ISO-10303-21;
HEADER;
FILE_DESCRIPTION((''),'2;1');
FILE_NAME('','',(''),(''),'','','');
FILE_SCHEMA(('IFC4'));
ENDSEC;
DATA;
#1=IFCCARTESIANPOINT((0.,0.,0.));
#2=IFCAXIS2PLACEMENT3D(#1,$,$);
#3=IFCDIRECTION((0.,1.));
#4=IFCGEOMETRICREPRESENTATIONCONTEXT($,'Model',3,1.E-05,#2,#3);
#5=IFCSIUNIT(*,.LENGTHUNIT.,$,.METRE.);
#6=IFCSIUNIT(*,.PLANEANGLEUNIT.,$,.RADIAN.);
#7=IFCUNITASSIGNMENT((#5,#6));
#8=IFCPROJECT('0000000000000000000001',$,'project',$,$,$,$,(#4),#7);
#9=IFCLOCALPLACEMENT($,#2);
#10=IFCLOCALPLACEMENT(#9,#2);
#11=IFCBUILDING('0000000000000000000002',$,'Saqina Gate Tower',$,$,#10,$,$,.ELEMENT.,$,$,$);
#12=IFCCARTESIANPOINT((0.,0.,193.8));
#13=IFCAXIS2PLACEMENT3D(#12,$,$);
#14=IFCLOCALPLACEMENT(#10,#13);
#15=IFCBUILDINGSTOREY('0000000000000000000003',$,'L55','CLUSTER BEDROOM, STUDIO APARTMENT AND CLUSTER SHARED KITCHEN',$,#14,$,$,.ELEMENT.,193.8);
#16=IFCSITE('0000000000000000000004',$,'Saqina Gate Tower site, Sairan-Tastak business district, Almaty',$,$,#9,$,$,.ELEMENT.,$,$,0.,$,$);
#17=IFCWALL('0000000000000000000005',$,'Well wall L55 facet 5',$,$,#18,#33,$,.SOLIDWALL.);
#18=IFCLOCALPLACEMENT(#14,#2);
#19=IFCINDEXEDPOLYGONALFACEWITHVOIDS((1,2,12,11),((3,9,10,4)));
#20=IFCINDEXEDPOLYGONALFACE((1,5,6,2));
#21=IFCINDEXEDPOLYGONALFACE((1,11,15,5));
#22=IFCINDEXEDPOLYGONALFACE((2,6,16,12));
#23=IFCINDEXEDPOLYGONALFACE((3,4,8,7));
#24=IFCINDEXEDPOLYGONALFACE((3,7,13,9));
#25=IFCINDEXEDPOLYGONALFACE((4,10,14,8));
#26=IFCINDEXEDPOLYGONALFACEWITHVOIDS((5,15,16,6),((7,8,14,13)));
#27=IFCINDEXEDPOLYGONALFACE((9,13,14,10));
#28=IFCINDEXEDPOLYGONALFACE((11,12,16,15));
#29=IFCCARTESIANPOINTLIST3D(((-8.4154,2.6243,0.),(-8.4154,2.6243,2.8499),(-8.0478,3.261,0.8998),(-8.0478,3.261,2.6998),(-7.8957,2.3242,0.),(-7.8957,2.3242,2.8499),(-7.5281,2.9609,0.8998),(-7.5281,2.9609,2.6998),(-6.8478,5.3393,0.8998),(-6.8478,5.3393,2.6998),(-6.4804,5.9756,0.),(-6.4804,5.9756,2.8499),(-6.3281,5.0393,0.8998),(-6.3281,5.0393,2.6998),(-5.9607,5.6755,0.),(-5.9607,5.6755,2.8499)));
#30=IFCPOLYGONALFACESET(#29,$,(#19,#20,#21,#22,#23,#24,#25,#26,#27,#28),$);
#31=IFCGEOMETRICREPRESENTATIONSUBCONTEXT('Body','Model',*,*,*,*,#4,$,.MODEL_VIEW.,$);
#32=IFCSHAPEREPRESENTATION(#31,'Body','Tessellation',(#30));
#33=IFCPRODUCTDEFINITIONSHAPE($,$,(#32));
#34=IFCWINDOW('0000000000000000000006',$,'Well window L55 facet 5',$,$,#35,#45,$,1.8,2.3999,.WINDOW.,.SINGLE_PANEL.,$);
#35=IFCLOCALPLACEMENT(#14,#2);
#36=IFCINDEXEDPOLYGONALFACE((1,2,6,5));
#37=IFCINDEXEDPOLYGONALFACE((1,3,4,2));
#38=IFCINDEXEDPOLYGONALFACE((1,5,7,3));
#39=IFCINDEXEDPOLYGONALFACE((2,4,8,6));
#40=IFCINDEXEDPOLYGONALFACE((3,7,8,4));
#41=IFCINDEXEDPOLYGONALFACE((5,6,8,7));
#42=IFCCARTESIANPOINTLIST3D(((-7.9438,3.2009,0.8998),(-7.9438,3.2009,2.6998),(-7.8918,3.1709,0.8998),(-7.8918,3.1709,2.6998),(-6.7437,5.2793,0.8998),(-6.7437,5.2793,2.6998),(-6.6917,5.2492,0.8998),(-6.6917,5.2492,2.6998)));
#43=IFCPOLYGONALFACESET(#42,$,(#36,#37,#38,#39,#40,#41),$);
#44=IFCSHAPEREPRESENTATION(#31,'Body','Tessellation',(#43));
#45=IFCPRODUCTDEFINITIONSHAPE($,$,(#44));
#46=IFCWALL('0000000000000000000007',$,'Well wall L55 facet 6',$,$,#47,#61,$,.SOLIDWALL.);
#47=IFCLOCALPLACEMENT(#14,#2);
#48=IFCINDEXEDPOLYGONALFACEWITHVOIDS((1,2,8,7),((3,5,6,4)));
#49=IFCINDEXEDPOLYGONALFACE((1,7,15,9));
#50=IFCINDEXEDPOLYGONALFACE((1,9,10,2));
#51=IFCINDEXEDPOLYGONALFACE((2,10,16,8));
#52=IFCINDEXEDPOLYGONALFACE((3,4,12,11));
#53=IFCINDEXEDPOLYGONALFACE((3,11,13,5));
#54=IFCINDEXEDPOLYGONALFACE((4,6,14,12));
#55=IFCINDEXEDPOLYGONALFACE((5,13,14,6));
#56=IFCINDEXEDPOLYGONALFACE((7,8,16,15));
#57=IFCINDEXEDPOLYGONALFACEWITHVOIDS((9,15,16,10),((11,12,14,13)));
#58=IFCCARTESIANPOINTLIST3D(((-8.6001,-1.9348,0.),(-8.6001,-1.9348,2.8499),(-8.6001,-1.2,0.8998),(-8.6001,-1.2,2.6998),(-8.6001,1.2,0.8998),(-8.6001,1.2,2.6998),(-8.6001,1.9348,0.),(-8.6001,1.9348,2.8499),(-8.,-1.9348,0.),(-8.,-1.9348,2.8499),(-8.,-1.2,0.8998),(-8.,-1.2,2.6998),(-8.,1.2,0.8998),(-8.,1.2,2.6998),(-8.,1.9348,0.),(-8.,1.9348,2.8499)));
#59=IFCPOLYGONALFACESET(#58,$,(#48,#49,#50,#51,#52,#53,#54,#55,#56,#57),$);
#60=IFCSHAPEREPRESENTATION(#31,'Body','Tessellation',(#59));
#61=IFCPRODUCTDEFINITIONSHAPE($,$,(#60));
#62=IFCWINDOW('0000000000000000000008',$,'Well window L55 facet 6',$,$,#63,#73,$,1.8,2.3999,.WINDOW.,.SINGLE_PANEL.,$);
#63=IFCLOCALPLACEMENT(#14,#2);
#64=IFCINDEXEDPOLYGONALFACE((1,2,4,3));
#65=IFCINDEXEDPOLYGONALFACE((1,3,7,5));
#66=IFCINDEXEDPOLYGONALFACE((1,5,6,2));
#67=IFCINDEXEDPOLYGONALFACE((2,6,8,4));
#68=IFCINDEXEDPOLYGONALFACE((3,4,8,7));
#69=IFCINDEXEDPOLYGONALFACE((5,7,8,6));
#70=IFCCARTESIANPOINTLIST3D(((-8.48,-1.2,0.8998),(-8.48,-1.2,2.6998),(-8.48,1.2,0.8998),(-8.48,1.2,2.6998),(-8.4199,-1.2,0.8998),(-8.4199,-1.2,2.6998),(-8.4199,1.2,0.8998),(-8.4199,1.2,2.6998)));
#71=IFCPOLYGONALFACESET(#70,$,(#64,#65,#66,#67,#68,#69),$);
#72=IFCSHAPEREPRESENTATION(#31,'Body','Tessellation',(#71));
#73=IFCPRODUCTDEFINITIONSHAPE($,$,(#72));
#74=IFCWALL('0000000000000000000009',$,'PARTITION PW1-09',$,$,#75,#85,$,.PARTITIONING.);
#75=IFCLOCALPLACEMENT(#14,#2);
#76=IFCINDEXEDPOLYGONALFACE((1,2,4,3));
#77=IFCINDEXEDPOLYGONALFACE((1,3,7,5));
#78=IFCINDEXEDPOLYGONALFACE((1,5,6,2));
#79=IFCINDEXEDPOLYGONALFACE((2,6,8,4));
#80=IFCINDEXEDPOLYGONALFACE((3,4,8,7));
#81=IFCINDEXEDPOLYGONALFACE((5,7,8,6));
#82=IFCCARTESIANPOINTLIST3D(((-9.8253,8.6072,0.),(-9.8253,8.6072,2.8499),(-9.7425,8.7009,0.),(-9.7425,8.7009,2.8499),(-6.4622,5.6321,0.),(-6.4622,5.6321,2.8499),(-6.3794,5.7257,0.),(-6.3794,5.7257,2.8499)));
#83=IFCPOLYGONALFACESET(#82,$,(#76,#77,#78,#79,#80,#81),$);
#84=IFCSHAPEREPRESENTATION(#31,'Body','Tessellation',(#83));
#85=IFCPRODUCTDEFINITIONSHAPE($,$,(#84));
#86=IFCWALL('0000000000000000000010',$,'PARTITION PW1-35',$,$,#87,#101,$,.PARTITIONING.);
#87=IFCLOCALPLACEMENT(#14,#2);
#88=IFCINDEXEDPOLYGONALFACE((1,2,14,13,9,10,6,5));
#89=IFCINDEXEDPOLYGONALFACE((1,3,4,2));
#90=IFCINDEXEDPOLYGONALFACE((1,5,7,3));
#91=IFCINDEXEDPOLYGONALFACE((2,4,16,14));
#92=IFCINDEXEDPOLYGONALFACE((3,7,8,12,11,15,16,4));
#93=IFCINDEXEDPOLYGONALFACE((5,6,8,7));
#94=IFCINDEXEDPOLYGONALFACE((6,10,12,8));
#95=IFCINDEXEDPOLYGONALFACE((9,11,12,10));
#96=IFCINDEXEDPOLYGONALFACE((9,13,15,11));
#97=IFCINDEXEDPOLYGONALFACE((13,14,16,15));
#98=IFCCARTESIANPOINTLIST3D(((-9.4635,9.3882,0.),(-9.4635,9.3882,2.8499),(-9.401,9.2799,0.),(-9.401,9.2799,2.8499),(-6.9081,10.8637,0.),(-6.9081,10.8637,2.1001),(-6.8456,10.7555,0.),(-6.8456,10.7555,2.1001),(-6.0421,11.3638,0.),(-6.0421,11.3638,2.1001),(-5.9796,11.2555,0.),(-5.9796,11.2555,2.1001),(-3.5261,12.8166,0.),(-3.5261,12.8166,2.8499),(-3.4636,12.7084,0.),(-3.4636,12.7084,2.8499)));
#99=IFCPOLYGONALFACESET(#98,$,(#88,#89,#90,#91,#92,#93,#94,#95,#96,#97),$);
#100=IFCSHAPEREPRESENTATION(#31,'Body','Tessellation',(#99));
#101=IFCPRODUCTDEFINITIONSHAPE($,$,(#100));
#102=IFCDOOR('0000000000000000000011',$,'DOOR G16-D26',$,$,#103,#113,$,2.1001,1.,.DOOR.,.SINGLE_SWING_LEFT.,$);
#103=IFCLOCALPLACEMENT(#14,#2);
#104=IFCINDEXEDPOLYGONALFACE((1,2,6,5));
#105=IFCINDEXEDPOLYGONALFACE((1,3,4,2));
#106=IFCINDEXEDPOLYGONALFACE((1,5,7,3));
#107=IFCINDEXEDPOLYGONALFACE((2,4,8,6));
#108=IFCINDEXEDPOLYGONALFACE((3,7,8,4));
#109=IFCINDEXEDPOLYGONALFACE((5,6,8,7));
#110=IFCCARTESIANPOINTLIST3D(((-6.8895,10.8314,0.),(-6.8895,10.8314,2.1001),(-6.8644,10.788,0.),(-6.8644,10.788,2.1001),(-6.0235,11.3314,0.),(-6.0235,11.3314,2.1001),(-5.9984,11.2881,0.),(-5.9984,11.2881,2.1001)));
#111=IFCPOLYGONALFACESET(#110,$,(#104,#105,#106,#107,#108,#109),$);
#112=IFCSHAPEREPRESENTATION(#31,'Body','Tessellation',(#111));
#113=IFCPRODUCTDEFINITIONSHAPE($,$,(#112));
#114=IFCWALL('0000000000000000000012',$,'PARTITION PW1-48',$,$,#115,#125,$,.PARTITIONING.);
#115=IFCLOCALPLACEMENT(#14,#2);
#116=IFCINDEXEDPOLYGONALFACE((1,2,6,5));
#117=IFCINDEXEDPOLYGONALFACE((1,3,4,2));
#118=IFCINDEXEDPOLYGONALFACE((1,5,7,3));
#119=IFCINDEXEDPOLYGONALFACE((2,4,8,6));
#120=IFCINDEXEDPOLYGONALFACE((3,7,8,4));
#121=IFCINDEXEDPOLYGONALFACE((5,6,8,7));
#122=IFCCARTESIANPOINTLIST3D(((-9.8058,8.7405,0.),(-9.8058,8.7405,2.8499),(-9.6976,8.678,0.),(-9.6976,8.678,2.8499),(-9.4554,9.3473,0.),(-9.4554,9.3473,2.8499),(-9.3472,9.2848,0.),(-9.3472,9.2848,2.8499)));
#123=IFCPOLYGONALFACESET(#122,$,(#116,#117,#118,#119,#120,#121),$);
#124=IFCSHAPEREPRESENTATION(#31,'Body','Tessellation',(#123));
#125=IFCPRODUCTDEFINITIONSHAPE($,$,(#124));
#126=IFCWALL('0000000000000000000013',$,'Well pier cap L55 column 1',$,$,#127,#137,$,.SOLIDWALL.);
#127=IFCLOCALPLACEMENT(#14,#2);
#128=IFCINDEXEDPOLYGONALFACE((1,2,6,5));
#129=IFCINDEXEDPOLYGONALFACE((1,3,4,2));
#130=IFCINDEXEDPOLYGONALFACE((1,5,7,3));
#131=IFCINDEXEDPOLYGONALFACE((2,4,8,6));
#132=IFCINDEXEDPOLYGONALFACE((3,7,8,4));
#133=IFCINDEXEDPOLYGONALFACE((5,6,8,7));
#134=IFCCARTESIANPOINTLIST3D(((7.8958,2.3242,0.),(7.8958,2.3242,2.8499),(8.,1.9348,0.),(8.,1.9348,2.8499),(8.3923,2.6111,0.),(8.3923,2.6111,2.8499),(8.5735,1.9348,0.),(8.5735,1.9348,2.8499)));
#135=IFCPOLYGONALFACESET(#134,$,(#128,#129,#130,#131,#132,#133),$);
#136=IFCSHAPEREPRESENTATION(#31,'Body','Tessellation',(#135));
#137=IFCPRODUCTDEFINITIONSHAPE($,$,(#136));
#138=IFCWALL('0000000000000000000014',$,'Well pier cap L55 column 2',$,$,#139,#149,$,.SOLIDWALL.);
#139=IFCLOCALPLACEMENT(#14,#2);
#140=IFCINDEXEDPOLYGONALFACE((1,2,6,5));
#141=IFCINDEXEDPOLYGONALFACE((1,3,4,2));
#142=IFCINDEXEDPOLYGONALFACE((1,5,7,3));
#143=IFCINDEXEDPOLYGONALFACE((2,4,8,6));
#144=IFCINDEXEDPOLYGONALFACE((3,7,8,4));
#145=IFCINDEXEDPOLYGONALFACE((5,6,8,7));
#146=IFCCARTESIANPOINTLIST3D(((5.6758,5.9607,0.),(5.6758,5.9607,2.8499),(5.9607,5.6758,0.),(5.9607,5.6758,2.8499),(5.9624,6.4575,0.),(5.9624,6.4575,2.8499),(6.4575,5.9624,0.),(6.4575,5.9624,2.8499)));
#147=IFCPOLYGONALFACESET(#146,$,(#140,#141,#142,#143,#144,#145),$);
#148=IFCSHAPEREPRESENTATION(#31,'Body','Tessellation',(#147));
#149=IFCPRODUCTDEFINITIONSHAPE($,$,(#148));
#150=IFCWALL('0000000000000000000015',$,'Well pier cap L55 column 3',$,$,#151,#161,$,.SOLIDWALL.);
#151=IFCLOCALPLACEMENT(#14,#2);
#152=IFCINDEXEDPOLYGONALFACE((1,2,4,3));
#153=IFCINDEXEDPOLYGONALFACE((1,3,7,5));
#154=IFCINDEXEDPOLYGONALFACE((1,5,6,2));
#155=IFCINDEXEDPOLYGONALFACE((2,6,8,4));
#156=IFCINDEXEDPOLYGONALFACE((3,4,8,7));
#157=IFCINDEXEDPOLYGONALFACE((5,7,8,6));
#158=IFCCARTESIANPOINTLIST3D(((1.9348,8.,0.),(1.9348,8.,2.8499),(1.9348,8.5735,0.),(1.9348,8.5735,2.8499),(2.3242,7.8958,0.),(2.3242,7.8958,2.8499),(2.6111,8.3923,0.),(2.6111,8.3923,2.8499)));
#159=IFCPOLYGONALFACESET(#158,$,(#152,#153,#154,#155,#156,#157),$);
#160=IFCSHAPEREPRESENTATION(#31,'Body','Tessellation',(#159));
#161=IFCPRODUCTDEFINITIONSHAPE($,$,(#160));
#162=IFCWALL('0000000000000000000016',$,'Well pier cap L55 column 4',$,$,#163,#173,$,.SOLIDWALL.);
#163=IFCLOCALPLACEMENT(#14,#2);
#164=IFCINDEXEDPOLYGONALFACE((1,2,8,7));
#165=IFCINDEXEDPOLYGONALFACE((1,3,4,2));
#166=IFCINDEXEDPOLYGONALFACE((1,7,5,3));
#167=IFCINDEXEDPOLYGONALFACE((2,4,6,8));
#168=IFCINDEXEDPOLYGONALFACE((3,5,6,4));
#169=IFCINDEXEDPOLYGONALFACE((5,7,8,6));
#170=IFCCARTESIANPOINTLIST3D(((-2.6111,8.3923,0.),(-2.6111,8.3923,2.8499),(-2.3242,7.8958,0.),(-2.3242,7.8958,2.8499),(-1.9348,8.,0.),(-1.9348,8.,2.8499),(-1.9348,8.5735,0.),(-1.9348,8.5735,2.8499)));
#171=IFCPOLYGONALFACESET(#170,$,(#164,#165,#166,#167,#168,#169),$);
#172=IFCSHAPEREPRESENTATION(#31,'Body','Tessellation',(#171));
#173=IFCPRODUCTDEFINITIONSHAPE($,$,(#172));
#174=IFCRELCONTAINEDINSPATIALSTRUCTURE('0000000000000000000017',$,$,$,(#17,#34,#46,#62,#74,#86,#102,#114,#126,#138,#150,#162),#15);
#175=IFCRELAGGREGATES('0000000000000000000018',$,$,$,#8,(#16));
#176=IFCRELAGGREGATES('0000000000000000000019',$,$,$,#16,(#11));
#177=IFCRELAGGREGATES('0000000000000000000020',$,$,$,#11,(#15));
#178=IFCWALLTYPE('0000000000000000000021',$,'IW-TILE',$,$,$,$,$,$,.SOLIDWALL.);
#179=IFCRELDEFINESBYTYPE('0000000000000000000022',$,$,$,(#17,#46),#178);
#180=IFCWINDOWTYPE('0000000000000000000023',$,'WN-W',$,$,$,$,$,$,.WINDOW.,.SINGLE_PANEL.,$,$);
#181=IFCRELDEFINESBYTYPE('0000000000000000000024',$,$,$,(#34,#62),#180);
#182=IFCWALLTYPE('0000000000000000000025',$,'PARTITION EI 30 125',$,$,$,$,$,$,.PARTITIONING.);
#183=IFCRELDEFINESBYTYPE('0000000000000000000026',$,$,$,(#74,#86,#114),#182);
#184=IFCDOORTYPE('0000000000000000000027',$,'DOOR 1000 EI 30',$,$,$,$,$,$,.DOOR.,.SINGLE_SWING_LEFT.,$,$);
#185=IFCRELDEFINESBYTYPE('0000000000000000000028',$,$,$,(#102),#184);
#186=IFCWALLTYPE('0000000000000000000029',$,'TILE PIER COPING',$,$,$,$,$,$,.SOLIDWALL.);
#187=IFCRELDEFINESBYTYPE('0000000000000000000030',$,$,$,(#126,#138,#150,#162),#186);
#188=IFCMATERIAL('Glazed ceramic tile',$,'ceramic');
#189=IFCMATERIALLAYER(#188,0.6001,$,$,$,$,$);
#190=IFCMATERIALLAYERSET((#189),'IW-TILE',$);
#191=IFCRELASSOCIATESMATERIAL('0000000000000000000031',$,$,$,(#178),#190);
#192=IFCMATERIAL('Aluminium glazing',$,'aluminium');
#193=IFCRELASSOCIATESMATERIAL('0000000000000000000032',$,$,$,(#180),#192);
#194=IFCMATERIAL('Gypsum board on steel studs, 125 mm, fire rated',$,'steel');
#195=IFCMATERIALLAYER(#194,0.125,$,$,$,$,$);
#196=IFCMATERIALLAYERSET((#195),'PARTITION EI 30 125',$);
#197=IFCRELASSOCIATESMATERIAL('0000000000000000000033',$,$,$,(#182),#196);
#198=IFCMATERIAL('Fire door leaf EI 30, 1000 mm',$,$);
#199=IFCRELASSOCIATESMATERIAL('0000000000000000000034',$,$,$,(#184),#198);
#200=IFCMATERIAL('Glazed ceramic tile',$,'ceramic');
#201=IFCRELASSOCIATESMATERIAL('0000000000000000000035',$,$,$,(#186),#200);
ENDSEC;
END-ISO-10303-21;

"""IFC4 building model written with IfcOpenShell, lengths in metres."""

from ifc_helpers import new_model, si_unit, direction, frame, frame_2d, origin, place, context, subcontext, project, spatial, polyline, rectangle, outline, extrude, material, layer, layer_set, type_object, element, fill, save


model = new_model("IFC4")

# Units and contexts
model_context = context("Model", 3, precision=1e-05, world=origin(), true_north=direction((0.0, 1.0)))
body_context = subcontext(model_context, "Body", "Model", "MODEL_VIEW")
ifc_project = project(units=[si_unit("LENGTHUNIT", "METRE"), si_unit("PLANEANGLEUNIT", "RADIAN")], contexts=[model_context])

# Site, building, storey
site_placement = place(None, origin())
site = spatial("IfcSite", under=ifc_project, at=site_placement, Name="Saqina Gate Tower site, Sairan-Tastak business district, Almaty", CompositionType="ELEMENT", RefElevation=0.0)
building_placement = place(site_placement, origin())
building = spatial("IfcBuilding", under=site, at=building_placement, Name="Saqina Gate Tower", CompositionType="ELEMENT")
storey_placement = place(building_placement, frame((0.0, 0.0, 193.8)))
storey = spatial("IfcBuildingStorey", under=building, at=storey_placement, Name="L55", Description="CLUSTER BEDROOM, STUDIO APARTMENT AND CLUSTER SHARED KITCHEN", CompositionType="ELEMENT", Elevation=193.8)

# Walls, openings, windows
ifc_material_1 = material(Name="Glazed ceramic tile", Category="ceramic")
ifc_layer_1 = layer(ifc_material_1, 0.6001)
ifc_layer_set_1 = layer_set([ifc_layer_1], Name="IW-TILE")
wall_type_1 = type_object("IfcWallType", Name="IW-TILE", PredefinedType="SOLIDWALL", material=ifc_layer_set_1)
ifc_material_2 = material(Name="Aluminium glazing", Category="aluminium")
window_type = type_object("IfcWindowType", Name="WN-W", PartitioningType="SINGLE_PANEL", PredefinedType="WINDOW", material=ifc_material_2)
wall_1_placement = place(storey_placement, frame((-6.2205, 5.8257, 0.0), z_axis=(0.0, 0.0, 1.0), x_axis=(-0.500034, -0.866006, 0.0)))
wall_1 = element("IfcWall", 1, at=wall_1_placement, inside=storey, type_object=wall_type_1, Name="Well wall L55 facet 5", PredefinedType="SOLIDWALL", context=body_context, shape_type="SweptSolid", body=[
    extrude(rectangle(XDim=3.8699, YDim=0.6001, at=frame_2d((1.9351, 0.0))), origin(), (0.0, 0.0, 1.0), 2.8499),
])
opening_1_placement = place(wall_1_placement, frame((0.7349, 0.0, 0.8999)))
opening_1 = element("IfcOpeningElement", 2, at=opening_1_placement, cuts=wall_1, PredefinedType="OPENING", context=body_context, shape_type="SweptSolid", body=[
    extrude(rectangle(XDim=2.3999, YDim=1.8, at=frame_2d((1.2, 0.8999))), frame((0.0, 0.312, 0.0), z_axis=(0.0, -1.0, 0.0), x_axis=(1.0, 0.0, 0.0)), (0.0, 0.0, 1.0), 0.624),
])
window_1_placement = place(opening_1_placement, origin())
window_1 = element("IfcWindow", 3, at=window_1_placement, inside=storey, type_object=window_type, Name="Well window L55 facet 5", OverallHeight=1.8, OverallWidth=2.3999, PartitioningType="SINGLE_PANEL", PredefinedType="WINDOW", context=body_context, shape_type="SweptSolid", body=[
    extrude(rectangle(XDim=2.3999, YDim=1.8, at=frame_2d((1.2, 0.8999))), frame((0.0, -0.1199, 0.0), z_axis=(0.0, -1.0, 0.0), x_axis=(1.0, 0.0, 0.0)), (0.0, 0.0, 1.0), 0.0601),
])
fill(opening_1, window_1)
wall_2_placement = place(storey_placement, frame((-8.3, 1.9348, 0.0), z_axis=(0.0, 0.0, 1.0), x_axis=(0.0, -1.0, 0.0)))
wall_2 = element("IfcWall", 4, at=wall_2_placement, inside=storey, type_object=wall_type_1, Name="Well wall L55 facet 6", PredefinedType="SOLIDWALL", context=body_context, shape_type="SweptSolid", body=[
    extrude(rectangle(XDim=3.8696, YDim=0.6001, at=frame_2d((1.9348, 0.0))), origin(), (0.0, 0.0, 1.0), 2.8499),
])
opening_2_placement = place(wall_2_placement, frame((0.7349, 0.0, 0.8999)))
opening_2 = element("IfcOpeningElement", 5, at=opening_2_placement, cuts=wall_2, PredefinedType="OPENING", context=body_context, shape_type="SweptSolid", body=[
    extrude(rectangle(XDim=2.3999, YDim=1.8, at=frame_2d((1.2, 0.8999))), frame((0.0, 0.312, 0.0), z_axis=(0.0, -1.0, 0.0), x_axis=(1.0, 0.0, 0.0)), (0.0, 0.0, 1.0), 0.624),
])
window_2_placement = place(opening_2_placement, origin())
window_2 = element("IfcWindow", 6, at=window_2_placement, inside=storey, type_object=window_type, Name="Well window L55 facet 6", OverallHeight=1.8, OverallWidth=2.3999, PartitioningType="SINGLE_PANEL", PredefinedType="WINDOW", context=body_context, shape_type="SweptSolid", body=[
    extrude(rectangle(XDim=2.3999, YDim=1.8, at=frame_2d((1.2, 0.8999))), frame((0.0, -0.1199, 0.0), z_axis=(0.0, -1.0, 0.0), x_axis=(1.0, 0.0, 0.0)), (0.0, 0.0, 1.0), 0.0601),
])
fill(opening_2, window_2)

# Wall
ifc_material_3 = material(Name="Gypsum board on steel studs, 125 mm, fire rated", Category="steel")
ifc_layer_2 = layer(ifc_material_3, 0.125)
ifc_layer_set_2 = layer_set([ifc_layer_2], Name="PARTITION EI 30 125")
wall_type_2 = type_object("IfcWallType", Name="PARTITION EI 30 125", PredefinedType="PARTITIONING", material=ifc_layer_set_2)
wall_3_placement = place(storey_placement, frame((-9.7839, 8.6541, 0.0), z_axis=(0.0, 0.0, 1.0), x_axis=(0.748985, -0.662587, 0.0)))
element("IfcWall", 7, at=wall_3_placement, inside=storey, type_object=wall_type_2, Name="PARTITION PW1-09", PredefinedType="PARTITIONING", context=body_context, shape_type="SweptSolid", body=[
    extrude(rectangle(XDim=4.4902, YDim=0.125, at=frame_2d((2.2451, 0.0))), origin(), (0.0, 0.0, 1.0), 2.8499),
])

# Wall, opening, door
wall_4_placement = place(storey_placement, frame((-9.4324, 9.334, 0.0), z_axis=(0.0, 0.0, 1.0), x_axis=(0.865997, 0.500049, 0.0)))
wall_4 = element("IfcWall", 8, at=wall_4_placement, inside=storey, type_object=wall_type_2, Name="PARTITION PW1-35", PredefinedType="PARTITIONING", context=body_context, shape_type="SweptSolid", body=[
    extrude(rectangle(XDim=6.8562, YDim=0.125, at=frame_2d((3.4282, 0.0))), origin(), (0.0, 0.0, 1.0), 2.8499),
])
opening_3_placement = place(wall_4_placement, frame((2.9509, 0.0, 0.0)))
opening_3 = element("IfcOpeningElement", 9, at=opening_3_placement, cuts=wall_4, PredefinedType="OPENING", context=body_context, shape_type="SweptSolid", body=[
    extrude(rectangle(XDim=1.0, YDim=2.1001, at=frame_2d((0.5, 1.05))), frame((0.0, 0.0745, 0.0), z_axis=(0.0, -1.0, 0.0), x_axis=(1.0, 0.0, 0.0)), (0.0, 0.0, 1.0), 0.1489),
])
ifc_material_4 = material(Name="Fire door leaf EI 30, 1000 mm")
door_type = type_object("IfcDoorType", Name="DOOR 1000 EI 30", OperationType="SINGLE_SWING_LEFT", PredefinedType="DOOR", material=ifc_material_4)
door_placement = place(opening_3_placement, frame((1.0, 0.0, 0.0), z_axis=(0.0, 0.0, 1.0), x_axis=(-1.0, 0.0, 0.0)))
door = element("IfcDoor", 10, at=door_placement, inside=storey, type_object=door_type, Name="DOOR G16-D26", OperationType="SINGLE_SWING_LEFT", OverallHeight=2.1001, OverallWidth=1.0, PredefinedType="DOOR", context=body_context, shape_type="SweptSolid", body=[
    extrude(rectangle(XDim=1.0, YDim=2.1001, at=frame_2d((0.5, 1.05))), frame((0.0, 0.0249, 0.0), z_axis=(0.0, -1.0, 0.0), x_axis=(1.0, 0.0, 0.0)), (0.0, 0.0, 1.0), 0.05),
])
fill(opening_3, door)

# Walls
wall_5_placement = place(storey_placement, frame((-9.7517, 8.7092, 0.0), z_axis=(0.0, 0.0, 1.0), x_axis=(0.500074, 0.865982, 0.0)))
element("IfcWall", 11, at=wall_5_placement, inside=storey, type_object=wall_type_2, Name="PARTITION PW1-48", PredefinedType="PARTITIONING", context=body_context, shape_type="SweptSolid", body=[
    extrude(rectangle(XDim=0.7007, YDim=0.125, at=frame_2d((0.3503, 0.0))), origin(), (0.0, 0.0, 1.0), 2.8499),
])
ifc_material_5 = material(Name="Glazed ceramic tile", Category="ceramic")
wall_type_3 = type_object("IfcWallType", Name="TILE PIER COPING", PredefinedType="SOLIDWALL", material=ifc_material_5)
wall_6_placement = place(storey_placement, origin())
element("IfcWall", 12, at=wall_6_placement, inside=storey, type_object=wall_type_3, Name="Well pier cap L55 column 1", PredefinedType="SOLIDWALL", context=body_context, shape_type="SweptSolid", body=[
    extrude(outline(polyline([(8.3923, 2.6111), (7.8958, 2.3242), (8.0, 1.9348), (8.5735, 1.9348), (8.3923, 2.6111)])), origin(), (0.0, 0.0, 1.0), 2.8499),
])
wall_7_placement = place(storey_placement, origin())
element("IfcWall", 13, at=wall_7_placement, inside=storey, type_object=wall_type_3, Name="Well pier cap L55 column 2", PredefinedType="SOLIDWALL", context=body_context, shape_type="SweptSolid", body=[
    extrude(outline(polyline([(5.9624, 6.4575), (5.6758, 5.9607), (5.9607, 5.6758), (6.4575, 5.9624), (5.9624, 6.4575)])), origin(), (0.0, 0.0, 1.0), 2.8499),
])
wall_8_placement = place(storey_placement, origin())
element("IfcWall", 14, at=wall_8_placement, inside=storey, type_object=wall_type_3, Name="Well pier cap L55 column 3", PredefinedType="SOLIDWALL", context=body_context, shape_type="SweptSolid", body=[
    extrude(outline(polyline([(1.9348, 8.5735), (1.9348, 8.0), (2.3242, 7.8958), (2.6111, 8.3923), (1.9348, 8.5735)])), origin(), (0.0, 0.0, 1.0), 2.8499),
])
wall_9_placement = place(storey_placement, origin())
element("IfcWall", 15, at=wall_9_placement, inside=storey, type_object=wall_type_3, Name="Well pier cap L55 column 4", PredefinedType="SOLIDWALL", context=body_context, shape_type="SweptSolid", body=[
    extrude(outline(polyline([(-1.9348, 8.0), (-1.9348, 8.5735), (-2.6111, 8.3923), (-2.3242, 7.8958), (-1.9348, 8.0)])), origin(), (0.0, 0.0, 1.0), 2.8499),
])

save(model, "model.ifc")
